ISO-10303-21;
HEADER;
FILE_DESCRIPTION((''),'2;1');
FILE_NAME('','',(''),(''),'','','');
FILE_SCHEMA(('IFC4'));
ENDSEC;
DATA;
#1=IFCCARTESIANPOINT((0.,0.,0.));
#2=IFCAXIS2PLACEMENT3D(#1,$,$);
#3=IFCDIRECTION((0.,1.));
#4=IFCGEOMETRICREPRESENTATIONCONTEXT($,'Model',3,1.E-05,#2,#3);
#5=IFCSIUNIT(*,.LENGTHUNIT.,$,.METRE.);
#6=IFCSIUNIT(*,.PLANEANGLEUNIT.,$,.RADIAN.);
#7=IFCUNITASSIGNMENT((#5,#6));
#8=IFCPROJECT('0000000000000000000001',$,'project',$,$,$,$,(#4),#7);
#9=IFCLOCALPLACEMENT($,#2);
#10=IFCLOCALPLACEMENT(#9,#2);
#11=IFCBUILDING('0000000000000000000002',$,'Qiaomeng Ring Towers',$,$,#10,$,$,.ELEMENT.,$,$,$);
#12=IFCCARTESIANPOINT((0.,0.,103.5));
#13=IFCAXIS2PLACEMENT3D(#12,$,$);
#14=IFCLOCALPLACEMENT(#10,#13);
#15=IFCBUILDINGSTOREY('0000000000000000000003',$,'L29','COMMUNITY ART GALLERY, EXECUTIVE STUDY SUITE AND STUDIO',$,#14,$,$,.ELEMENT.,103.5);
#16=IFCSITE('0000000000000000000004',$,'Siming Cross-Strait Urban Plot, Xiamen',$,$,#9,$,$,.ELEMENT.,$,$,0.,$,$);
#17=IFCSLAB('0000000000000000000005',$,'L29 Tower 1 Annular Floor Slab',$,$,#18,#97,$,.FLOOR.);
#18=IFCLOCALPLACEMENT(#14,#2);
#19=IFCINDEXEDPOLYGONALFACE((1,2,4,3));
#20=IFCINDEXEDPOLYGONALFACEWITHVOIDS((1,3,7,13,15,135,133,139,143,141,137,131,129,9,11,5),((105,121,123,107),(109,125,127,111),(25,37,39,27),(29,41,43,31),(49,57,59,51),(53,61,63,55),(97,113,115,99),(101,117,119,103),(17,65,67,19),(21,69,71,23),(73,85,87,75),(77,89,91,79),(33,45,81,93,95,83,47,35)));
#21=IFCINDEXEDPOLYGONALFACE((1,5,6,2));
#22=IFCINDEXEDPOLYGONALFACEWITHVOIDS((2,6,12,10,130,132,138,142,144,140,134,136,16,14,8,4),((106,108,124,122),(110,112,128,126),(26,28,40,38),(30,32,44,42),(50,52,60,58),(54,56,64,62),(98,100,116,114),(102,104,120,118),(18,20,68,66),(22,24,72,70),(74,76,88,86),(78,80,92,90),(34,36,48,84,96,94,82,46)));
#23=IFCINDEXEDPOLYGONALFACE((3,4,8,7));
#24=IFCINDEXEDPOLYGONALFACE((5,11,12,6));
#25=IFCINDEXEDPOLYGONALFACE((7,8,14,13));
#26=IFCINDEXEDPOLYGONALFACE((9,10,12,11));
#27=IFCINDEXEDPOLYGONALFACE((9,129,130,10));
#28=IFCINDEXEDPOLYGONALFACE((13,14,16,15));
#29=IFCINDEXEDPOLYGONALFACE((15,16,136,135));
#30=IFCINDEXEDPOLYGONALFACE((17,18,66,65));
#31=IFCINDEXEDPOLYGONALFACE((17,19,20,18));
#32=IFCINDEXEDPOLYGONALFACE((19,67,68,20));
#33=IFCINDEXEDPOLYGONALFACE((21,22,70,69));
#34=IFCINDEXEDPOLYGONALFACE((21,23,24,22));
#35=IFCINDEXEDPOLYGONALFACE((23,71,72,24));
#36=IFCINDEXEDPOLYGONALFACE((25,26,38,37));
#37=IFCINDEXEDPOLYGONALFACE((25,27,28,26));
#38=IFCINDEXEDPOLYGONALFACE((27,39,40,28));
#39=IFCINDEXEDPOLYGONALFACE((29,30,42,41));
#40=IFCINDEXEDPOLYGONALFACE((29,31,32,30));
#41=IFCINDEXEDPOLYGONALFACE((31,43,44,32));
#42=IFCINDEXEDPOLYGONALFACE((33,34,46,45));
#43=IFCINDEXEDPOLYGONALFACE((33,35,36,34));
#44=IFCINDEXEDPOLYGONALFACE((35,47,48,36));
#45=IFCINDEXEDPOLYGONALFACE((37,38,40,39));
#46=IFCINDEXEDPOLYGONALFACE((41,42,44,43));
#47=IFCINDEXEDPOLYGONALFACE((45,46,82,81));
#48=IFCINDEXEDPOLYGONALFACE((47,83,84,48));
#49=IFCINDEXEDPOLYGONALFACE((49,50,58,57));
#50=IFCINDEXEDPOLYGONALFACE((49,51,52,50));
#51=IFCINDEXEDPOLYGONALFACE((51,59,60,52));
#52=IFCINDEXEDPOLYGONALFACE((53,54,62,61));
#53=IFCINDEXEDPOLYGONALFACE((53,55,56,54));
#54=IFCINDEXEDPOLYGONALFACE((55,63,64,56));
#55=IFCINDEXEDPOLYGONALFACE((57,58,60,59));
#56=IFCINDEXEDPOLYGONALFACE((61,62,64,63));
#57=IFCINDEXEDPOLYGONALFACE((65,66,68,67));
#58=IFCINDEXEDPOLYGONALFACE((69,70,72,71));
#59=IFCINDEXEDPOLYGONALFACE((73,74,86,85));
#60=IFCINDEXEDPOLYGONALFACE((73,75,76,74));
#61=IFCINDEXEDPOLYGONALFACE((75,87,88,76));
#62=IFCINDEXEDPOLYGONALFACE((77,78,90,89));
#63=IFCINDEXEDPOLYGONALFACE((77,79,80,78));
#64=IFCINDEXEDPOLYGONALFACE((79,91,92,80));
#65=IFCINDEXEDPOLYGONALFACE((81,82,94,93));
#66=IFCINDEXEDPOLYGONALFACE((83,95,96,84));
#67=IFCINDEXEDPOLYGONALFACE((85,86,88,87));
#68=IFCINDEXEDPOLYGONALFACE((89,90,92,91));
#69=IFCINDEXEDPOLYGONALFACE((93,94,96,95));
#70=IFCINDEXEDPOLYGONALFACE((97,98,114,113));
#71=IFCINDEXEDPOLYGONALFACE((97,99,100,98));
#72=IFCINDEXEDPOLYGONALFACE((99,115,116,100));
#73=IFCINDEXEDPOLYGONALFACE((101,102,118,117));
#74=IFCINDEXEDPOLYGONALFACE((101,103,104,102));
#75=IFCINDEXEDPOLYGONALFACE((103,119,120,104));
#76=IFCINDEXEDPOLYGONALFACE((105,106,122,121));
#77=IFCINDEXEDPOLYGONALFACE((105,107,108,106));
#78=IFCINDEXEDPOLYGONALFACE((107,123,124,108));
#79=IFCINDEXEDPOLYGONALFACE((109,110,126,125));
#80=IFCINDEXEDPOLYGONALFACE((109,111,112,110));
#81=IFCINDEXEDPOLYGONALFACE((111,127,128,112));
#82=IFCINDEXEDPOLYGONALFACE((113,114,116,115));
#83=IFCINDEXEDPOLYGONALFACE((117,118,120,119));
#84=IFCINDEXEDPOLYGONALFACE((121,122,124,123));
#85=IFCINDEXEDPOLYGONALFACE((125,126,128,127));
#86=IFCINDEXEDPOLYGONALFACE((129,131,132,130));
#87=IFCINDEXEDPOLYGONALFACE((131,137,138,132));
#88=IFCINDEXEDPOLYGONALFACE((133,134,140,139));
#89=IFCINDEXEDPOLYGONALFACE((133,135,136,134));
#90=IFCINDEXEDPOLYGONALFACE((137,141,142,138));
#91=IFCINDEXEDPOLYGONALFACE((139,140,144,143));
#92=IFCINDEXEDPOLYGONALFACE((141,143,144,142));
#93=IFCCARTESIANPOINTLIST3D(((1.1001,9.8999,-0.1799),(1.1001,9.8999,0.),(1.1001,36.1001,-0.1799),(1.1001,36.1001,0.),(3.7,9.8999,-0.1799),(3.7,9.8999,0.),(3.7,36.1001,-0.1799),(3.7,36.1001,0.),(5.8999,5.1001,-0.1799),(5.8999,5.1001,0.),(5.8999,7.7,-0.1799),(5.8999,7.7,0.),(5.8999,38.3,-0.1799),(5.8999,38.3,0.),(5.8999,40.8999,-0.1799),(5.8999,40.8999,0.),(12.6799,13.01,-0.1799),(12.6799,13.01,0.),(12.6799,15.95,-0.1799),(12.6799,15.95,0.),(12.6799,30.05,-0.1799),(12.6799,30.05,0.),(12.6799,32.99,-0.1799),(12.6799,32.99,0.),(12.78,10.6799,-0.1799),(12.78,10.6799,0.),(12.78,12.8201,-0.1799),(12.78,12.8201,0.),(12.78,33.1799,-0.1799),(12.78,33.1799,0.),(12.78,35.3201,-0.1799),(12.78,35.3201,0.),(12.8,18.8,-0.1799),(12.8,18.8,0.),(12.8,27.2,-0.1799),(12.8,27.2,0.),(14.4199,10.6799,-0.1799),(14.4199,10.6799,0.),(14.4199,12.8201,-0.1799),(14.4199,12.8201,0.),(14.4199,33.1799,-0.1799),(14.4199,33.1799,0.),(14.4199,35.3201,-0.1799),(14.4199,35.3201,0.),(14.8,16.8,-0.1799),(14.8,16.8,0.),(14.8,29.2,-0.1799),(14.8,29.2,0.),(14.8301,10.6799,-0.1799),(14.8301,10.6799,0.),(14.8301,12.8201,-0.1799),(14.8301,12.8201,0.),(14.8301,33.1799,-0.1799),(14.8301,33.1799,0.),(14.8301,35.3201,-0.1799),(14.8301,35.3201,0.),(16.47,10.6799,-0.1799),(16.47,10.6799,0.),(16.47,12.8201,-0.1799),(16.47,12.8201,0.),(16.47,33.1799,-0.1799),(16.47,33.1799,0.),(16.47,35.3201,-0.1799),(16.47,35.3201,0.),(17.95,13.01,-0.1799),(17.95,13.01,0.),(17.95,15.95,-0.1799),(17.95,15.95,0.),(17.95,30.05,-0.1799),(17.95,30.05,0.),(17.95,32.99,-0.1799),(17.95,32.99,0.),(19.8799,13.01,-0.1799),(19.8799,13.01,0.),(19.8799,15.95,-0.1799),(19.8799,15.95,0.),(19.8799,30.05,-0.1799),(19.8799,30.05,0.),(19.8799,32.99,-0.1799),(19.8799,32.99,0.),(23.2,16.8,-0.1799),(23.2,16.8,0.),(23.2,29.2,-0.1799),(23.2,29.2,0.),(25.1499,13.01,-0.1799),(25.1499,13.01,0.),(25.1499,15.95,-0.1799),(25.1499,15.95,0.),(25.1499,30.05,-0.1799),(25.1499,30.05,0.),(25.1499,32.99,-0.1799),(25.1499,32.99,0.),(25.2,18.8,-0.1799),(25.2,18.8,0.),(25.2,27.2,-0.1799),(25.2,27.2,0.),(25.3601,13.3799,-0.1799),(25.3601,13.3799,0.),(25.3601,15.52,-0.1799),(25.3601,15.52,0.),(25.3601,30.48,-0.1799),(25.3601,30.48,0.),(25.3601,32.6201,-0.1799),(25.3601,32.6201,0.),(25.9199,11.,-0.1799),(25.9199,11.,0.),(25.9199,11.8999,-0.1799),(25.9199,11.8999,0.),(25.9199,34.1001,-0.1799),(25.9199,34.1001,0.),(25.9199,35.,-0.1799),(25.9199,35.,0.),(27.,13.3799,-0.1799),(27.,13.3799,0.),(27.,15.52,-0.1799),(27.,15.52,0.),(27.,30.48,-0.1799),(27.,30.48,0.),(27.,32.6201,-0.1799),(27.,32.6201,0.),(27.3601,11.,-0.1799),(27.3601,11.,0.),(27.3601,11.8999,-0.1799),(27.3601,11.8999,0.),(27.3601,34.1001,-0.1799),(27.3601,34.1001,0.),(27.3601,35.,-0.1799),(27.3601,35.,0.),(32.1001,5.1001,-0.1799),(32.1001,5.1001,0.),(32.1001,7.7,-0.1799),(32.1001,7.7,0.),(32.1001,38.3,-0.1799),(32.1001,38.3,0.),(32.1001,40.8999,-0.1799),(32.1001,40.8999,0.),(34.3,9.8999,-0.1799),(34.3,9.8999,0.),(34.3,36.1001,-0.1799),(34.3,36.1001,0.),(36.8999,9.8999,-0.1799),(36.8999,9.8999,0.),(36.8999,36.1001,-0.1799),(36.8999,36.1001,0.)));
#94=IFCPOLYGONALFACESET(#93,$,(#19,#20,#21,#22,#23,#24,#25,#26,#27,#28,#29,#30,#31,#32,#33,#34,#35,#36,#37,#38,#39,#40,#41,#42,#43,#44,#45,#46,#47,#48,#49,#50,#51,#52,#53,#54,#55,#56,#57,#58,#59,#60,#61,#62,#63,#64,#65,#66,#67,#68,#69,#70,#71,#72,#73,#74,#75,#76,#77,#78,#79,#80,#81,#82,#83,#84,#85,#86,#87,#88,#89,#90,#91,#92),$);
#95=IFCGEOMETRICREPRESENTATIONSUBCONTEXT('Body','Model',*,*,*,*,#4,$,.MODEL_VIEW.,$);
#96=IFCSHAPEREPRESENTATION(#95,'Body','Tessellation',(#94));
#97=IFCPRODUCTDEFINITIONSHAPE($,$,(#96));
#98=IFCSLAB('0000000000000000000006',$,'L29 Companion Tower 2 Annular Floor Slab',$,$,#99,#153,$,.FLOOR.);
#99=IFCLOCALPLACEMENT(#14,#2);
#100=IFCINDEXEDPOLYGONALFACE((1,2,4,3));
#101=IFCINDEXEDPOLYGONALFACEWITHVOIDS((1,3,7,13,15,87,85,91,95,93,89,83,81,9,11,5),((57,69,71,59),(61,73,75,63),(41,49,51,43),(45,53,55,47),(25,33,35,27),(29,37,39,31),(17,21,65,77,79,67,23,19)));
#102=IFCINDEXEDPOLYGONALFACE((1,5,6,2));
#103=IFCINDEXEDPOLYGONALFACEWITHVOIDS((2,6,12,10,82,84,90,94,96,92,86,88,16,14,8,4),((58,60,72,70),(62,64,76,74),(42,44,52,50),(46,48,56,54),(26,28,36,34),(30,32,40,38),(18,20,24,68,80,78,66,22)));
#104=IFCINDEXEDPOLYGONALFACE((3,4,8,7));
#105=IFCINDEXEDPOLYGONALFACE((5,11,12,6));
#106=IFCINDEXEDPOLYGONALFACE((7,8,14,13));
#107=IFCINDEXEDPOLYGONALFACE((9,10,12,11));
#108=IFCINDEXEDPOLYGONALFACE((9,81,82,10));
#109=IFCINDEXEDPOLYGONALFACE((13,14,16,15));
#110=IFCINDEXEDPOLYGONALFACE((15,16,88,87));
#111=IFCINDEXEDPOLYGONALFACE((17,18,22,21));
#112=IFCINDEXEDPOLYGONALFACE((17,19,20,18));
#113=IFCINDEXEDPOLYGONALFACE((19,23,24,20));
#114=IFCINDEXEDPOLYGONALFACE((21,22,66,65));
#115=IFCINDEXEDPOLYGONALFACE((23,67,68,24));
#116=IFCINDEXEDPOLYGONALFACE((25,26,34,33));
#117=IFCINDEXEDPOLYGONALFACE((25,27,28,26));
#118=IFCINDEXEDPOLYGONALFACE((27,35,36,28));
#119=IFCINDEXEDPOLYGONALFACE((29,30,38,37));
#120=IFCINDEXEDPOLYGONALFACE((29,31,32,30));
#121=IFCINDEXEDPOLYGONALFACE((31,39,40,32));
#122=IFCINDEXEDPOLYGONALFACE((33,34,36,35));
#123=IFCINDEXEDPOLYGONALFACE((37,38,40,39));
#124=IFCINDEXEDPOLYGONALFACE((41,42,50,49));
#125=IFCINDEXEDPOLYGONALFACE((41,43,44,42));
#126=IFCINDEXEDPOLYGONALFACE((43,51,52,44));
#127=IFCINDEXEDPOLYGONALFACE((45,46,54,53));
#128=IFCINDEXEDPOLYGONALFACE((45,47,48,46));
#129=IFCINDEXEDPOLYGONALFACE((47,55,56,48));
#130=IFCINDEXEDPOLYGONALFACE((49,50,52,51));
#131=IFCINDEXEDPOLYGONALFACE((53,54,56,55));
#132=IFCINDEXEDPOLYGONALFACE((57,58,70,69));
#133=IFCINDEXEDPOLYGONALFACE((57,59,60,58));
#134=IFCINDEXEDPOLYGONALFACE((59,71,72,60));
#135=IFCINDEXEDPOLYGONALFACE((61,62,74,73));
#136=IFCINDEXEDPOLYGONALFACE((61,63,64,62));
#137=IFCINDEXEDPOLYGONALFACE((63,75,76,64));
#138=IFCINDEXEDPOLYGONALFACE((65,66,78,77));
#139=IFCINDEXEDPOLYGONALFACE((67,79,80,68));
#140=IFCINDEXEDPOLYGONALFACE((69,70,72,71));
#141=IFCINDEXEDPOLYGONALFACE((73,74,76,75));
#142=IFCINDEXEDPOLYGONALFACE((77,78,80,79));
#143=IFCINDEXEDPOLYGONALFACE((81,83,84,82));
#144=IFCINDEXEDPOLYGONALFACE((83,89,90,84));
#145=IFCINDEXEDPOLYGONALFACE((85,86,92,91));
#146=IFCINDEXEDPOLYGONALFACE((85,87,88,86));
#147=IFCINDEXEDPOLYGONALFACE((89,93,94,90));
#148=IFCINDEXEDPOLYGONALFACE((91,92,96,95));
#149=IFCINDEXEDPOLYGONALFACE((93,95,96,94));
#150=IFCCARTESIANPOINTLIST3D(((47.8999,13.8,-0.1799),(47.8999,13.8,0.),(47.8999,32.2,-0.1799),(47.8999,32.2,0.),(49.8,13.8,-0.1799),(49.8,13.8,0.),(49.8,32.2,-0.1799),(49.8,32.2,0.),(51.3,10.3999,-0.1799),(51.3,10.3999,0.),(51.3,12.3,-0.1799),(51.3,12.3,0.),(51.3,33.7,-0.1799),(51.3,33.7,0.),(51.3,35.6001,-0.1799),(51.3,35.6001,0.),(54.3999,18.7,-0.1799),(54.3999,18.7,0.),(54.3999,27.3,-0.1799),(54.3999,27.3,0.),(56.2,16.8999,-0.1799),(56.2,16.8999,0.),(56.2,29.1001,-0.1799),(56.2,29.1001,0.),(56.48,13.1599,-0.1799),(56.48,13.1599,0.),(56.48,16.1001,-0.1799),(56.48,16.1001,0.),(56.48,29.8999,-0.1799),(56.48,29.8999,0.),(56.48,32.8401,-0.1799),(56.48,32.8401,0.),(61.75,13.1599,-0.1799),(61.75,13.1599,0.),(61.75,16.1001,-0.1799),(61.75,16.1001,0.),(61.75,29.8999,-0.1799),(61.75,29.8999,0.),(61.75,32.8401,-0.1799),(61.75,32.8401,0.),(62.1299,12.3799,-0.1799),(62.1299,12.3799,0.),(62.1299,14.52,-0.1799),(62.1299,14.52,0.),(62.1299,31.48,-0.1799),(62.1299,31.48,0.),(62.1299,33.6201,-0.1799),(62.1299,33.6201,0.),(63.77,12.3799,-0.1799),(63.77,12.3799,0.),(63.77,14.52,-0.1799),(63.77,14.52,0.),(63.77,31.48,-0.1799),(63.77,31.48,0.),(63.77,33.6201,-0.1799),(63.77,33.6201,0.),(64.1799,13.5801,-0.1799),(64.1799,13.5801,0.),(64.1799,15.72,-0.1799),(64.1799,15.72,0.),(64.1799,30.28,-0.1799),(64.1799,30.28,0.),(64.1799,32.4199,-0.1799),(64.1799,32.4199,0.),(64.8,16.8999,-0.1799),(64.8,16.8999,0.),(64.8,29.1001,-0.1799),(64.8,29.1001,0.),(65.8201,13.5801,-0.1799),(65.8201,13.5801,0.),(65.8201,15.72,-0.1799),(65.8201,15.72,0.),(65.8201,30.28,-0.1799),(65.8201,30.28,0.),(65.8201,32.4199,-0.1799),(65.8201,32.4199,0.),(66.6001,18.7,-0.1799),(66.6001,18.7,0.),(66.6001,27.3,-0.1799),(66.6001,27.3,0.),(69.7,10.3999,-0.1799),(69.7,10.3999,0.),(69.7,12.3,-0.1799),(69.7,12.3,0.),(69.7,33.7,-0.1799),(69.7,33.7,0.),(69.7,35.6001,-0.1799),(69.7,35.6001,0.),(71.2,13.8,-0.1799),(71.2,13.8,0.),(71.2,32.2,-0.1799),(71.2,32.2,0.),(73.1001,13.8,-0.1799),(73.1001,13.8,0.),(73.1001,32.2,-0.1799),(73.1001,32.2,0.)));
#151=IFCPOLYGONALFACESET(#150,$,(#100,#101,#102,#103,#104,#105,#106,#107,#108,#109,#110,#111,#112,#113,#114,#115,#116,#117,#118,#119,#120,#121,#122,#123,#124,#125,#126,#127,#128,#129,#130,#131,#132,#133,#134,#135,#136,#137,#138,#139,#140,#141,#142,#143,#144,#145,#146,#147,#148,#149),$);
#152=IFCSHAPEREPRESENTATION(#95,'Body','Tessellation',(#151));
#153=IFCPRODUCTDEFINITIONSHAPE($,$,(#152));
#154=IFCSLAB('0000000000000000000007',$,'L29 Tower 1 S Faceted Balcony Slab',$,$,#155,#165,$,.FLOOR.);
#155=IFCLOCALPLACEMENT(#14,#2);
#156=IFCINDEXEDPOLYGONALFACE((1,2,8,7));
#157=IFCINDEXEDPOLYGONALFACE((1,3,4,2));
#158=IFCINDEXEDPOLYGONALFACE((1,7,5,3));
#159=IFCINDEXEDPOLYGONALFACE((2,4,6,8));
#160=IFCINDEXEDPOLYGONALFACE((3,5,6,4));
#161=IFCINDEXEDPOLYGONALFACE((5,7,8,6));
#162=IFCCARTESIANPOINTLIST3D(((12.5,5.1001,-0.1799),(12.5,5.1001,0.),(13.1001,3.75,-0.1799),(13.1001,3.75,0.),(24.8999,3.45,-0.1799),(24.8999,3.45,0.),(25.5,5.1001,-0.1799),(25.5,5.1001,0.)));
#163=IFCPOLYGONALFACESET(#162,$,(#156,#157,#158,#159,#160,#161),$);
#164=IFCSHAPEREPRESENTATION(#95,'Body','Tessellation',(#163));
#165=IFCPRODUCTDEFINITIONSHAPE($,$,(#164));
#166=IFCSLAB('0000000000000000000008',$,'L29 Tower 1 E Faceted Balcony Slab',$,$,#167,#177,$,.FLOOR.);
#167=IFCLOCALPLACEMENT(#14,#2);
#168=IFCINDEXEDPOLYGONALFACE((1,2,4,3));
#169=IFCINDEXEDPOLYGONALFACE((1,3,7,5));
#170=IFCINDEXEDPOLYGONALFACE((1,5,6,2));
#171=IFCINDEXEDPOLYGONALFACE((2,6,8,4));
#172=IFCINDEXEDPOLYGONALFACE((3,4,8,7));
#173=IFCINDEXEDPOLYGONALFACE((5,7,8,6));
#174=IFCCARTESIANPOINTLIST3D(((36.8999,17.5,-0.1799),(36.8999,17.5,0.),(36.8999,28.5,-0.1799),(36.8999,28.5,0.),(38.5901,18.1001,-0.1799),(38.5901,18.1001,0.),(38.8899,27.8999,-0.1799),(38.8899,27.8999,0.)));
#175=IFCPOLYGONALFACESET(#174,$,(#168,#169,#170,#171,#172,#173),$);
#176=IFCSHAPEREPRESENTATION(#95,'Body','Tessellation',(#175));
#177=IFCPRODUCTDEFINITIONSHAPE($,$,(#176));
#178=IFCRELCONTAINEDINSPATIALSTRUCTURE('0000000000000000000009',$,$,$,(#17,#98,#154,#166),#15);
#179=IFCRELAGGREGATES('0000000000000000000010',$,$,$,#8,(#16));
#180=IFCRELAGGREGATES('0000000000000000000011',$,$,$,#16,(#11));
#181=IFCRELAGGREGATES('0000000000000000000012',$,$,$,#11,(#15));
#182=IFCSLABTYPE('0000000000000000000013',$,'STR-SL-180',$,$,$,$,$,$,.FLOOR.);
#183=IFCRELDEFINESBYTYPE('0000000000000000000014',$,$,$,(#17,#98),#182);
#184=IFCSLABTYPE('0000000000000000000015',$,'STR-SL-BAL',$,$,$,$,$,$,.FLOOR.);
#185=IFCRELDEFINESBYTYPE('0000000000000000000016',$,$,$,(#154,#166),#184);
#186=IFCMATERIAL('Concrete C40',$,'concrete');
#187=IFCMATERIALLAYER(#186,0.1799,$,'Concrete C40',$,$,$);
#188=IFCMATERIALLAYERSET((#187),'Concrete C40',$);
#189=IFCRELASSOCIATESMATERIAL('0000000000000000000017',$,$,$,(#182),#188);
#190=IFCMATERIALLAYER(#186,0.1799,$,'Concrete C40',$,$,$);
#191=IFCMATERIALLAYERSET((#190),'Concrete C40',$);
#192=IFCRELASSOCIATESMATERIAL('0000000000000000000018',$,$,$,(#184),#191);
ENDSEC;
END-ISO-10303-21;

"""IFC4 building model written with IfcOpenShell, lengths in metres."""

from ifc_helpers import new_model, si_unit, direction, frame, origin, place, context, subcontext, project, spatial, polyline, outline, extrude, material, layer, layer_set, type_object, element, save


model = new_model("IFC4")

# Units and contexts
model_context = context("Model", 3, precision=1e-05, world=origin(), true_north=direction((0.0, 1.0)))
body_context = subcontext(model_context, "Body", "Model", "MODEL_VIEW")
ifc_project = project(units=[si_unit("LENGTHUNIT", "METRE"), si_unit("PLANEANGLEUNIT", "RADIAN")], contexts=[model_context])

# Site, building, storey
site_placement = place(None, origin())
site = spatial("IfcSite", under=ifc_project, at=site_placement, Name="Siming Cross-Strait Urban Plot, Xiamen", CompositionType="ELEMENT", RefElevation=0.0)
building_placement = place(site_placement, origin())
building = spatial("IfcBuilding", under=site, at=building_placement, Name="Qiaomeng Ring Towers", CompositionType="ELEMENT")
storey_placement = place(building_placement, frame((0.0, 0.0, 103.5)))
storey = spatial("IfcBuildingStorey", under=building, at=storey_placement, Name="L29", Description="COMMUNITY ART GALLERY, EXECUTIVE STUDY SUITE AND STUDIO", CompositionType="ELEMENT", Elevation=103.5)

# Slabs
ifc_material_1 = material(Name="Concrete C40", Category="concrete")
ifc_layer_1 = layer(ifc_material_1, 0.1799, Name="Concrete C40")
ifc_layer_set_1 = layer_set([ifc_layer_1], Name="Concrete C40")
slab_type_1 = type_object("IfcSlabType", Name="STR-SL-180", PredefinedType="FLOOR", material=ifc_layer_set_1)
slab_1_placement = place(storey_placement, frame((0.0, 0.0, -0.1799)))
element("IfcSlab", 1, at=slab_1_placement, inside=storey, type_object=slab_type_1, Name="L29 Tower 1 Annular Floor Slab", PredefinedType="FLOOR", context=body_context, shape_type="SweptSolid", body=[
    extrude(outline(polyline([(5.8999, 5.1001), (32.1001, 5.1001), (32.1001, 7.7), (34.3, 9.8999), (36.8999, 9.8999), (36.8999, 36.1001), (34.3, 36.1001), (32.1001, 38.3), (32.1001, 40.8999), (5.8999, 40.8999), (5.8999, 38.3), (3.7, 36.1001), (1.1001, 36.1001), (1.1001, 9.8999), (3.7, 9.8999), (5.8999, 7.7), (5.8999, 5.1001)]), holes=[polyline([(12.78, 10.6799), (12.78, 12.8201), (14.4199, 12.8201), (14.4199, 10.6799), (12.78, 10.6799)]), polyline([(14.8301, 12.8201), (16.47, 12.8201), (16.47, 10.6799), (14.8301, 10.6799), (14.8301, 12.8201)]), polyline([(12.6799, 15.95), (17.95, 15.95), (17.95, 13.01), (12.6799, 13.01), (12.6799, 15.95)]), polyline([(23.2, 29.2), (25.2, 27.2), (25.2, 18.8), (23.2, 16.8), (14.8, 16.8), (12.8, 18.8), (12.8, 27.2), (14.8, 29.2), (23.2, 29.2)]), polyline([(12.6799, 32.99), (17.95, 32.99), (17.95, 30.05), (12.6799, 30.05), (12.6799, 32.99)]), polyline([(12.78, 35.3201), (14.4199, 35.3201), (14.4199, 33.1799), (12.78, 33.1799), (12.78, 35.3201)]), polyline([(14.8301, 33.1799), (14.8301, 35.3201), (16.47, 35.3201), (16.47, 33.1799), (14.8301, 33.1799)]), polyline([(25.9199, 11.8999), (27.3601, 11.8999), (27.3601, 11.0), (25.9199, 11.0), (25.9199, 11.8999)]), polyline([(25.3601, 15.52), (27.0, 15.52), (27.0, 13.3799), (25.3601, 13.3799), (25.3601, 15.52)]), polyline([(19.8799, 15.95), (25.1499, 15.95), (25.1499, 13.01), (19.8799, 13.01), (19.8799, 15.95)]), polyline([(19.8799, 32.99), (25.1499, 32.99), (25.1499, 30.05), (19.8799, 30.05), (19.8799, 32.99)]), polyline([(25.3601, 32.6201), (27.0, 32.6201), (27.0, 30.48), (25.3601, 30.48), (25.3601, 32.6201)]), polyline([(25.9199, 35.0), (27.3601, 35.0), (27.3601, 34.1001), (25.9199, 34.1001), (25.9199, 35.0)])]), origin(), (0.0, 0.0, 1.0), 0.1799),
])
slab_2_placement = place(storey_placement, frame((0.0, 0.0, -0.1799)))
element("IfcSlab", 2, at=slab_2_placement, inside=storey, type_object=slab_type_1, Name="L29 Companion Tower 2 Annular Floor Slab", PredefinedType="FLOOR", context=body_context, shape_type="SweptSolid", body=[
    extrude(outline(polyline([(51.3, 10.3999), (69.7, 10.3999), (69.7, 12.3), (71.2, 13.8), (73.1001, 13.8), (73.1001, 32.2), (71.2, 32.2), (69.7, 33.7), (69.7, 35.6001), (51.3, 35.6001), (51.3, 33.7), (49.8, 32.2), (47.8999, 32.2), (47.8999, 13.8), (49.8, 13.8), (51.3, 12.3), (51.3, 10.3999)]), holes=[polyline([(62.1299, 12.3799), (62.1299, 14.52), (63.77, 14.52), (63.77, 12.3799), (62.1299, 12.3799)]), polyline([(56.48, 13.1599), (56.48, 16.1001), (61.75, 16.1001), (61.75, 13.1599), (56.48, 13.1599)]), polyline([(64.1799, 13.5801), (64.1799, 15.72), (65.8201, 15.72), (65.8201, 13.5801), (64.1799, 13.5801)]), polyline([(64.8, 29.1001), (66.6001, 27.3), (66.6001, 18.7), (64.8, 16.8999), (56.2, 16.8999), (54.3999, 18.7), (54.3999, 27.3), (56.2, 29.1001), (64.8, 29.1001)]), polyline([(64.1799, 30.28), (64.1799, 32.4199), (65.8201, 32.4199), (65.8201, 30.28), (64.1799, 30.28)]), polyline([(56.48, 32.8401), (61.75, 32.8401), (61.75, 29.8999), (56.48, 29.8999), (56.48, 32.8401)]), polyline([(62.1299, 33.6201), (63.77, 33.6201), (63.77, 31.48), (62.1299, 31.48), (62.1299, 33.6201)])]), origin(), (0.0, 0.0, 1.0), 0.1799),
])
ifc_layer_2 = layer(ifc_material_1, 0.1799, Name="Concrete C40")
ifc_layer_set_2 = layer_set([ifc_layer_2], Name="Concrete C40")
slab_type_2 = type_object("IfcSlabType", Name="STR-SL-BAL", PredefinedType="FLOOR", material=ifc_layer_set_2)
slab_3_placement = place(storey_placement, frame((0.0, 0.0, -0.1799)))
element("IfcSlab", 3, at=slab_3_placement, inside=storey, type_object=slab_type_2, Name="L29 Tower 1 S Faceted Balcony Slab", PredefinedType="FLOOR", context=body_context, shape_type="SweptSolid", body=[
    extrude(outline(polyline([(24.8999, 3.45), (13.1001, 3.75), (12.5, 5.1001), (25.5, 5.1001), (24.8999, 3.45)])), origin(), (0.0, 0.0, 1.0), 0.1799),
])
slab_4_placement = place(storey_placement, frame((0.0, 0.0, -0.1799)))
element("IfcSlab", 4, at=slab_4_placement, inside=storey, type_object=slab_type_2, Name="L29 Tower 1 E Faceted Balcony Slab", PredefinedType="FLOOR", context=body_context, shape_type="SweptSolid", body=[
    extrude(outline(polyline([(38.8899, 27.8999), (38.5901, 18.1001), (36.8999, 17.5), (36.8999, 28.5), (38.8899, 27.8999)])), origin(), (0.0, 0.0, 1.0), 0.1799),
])

save(model, "model.ifc")
